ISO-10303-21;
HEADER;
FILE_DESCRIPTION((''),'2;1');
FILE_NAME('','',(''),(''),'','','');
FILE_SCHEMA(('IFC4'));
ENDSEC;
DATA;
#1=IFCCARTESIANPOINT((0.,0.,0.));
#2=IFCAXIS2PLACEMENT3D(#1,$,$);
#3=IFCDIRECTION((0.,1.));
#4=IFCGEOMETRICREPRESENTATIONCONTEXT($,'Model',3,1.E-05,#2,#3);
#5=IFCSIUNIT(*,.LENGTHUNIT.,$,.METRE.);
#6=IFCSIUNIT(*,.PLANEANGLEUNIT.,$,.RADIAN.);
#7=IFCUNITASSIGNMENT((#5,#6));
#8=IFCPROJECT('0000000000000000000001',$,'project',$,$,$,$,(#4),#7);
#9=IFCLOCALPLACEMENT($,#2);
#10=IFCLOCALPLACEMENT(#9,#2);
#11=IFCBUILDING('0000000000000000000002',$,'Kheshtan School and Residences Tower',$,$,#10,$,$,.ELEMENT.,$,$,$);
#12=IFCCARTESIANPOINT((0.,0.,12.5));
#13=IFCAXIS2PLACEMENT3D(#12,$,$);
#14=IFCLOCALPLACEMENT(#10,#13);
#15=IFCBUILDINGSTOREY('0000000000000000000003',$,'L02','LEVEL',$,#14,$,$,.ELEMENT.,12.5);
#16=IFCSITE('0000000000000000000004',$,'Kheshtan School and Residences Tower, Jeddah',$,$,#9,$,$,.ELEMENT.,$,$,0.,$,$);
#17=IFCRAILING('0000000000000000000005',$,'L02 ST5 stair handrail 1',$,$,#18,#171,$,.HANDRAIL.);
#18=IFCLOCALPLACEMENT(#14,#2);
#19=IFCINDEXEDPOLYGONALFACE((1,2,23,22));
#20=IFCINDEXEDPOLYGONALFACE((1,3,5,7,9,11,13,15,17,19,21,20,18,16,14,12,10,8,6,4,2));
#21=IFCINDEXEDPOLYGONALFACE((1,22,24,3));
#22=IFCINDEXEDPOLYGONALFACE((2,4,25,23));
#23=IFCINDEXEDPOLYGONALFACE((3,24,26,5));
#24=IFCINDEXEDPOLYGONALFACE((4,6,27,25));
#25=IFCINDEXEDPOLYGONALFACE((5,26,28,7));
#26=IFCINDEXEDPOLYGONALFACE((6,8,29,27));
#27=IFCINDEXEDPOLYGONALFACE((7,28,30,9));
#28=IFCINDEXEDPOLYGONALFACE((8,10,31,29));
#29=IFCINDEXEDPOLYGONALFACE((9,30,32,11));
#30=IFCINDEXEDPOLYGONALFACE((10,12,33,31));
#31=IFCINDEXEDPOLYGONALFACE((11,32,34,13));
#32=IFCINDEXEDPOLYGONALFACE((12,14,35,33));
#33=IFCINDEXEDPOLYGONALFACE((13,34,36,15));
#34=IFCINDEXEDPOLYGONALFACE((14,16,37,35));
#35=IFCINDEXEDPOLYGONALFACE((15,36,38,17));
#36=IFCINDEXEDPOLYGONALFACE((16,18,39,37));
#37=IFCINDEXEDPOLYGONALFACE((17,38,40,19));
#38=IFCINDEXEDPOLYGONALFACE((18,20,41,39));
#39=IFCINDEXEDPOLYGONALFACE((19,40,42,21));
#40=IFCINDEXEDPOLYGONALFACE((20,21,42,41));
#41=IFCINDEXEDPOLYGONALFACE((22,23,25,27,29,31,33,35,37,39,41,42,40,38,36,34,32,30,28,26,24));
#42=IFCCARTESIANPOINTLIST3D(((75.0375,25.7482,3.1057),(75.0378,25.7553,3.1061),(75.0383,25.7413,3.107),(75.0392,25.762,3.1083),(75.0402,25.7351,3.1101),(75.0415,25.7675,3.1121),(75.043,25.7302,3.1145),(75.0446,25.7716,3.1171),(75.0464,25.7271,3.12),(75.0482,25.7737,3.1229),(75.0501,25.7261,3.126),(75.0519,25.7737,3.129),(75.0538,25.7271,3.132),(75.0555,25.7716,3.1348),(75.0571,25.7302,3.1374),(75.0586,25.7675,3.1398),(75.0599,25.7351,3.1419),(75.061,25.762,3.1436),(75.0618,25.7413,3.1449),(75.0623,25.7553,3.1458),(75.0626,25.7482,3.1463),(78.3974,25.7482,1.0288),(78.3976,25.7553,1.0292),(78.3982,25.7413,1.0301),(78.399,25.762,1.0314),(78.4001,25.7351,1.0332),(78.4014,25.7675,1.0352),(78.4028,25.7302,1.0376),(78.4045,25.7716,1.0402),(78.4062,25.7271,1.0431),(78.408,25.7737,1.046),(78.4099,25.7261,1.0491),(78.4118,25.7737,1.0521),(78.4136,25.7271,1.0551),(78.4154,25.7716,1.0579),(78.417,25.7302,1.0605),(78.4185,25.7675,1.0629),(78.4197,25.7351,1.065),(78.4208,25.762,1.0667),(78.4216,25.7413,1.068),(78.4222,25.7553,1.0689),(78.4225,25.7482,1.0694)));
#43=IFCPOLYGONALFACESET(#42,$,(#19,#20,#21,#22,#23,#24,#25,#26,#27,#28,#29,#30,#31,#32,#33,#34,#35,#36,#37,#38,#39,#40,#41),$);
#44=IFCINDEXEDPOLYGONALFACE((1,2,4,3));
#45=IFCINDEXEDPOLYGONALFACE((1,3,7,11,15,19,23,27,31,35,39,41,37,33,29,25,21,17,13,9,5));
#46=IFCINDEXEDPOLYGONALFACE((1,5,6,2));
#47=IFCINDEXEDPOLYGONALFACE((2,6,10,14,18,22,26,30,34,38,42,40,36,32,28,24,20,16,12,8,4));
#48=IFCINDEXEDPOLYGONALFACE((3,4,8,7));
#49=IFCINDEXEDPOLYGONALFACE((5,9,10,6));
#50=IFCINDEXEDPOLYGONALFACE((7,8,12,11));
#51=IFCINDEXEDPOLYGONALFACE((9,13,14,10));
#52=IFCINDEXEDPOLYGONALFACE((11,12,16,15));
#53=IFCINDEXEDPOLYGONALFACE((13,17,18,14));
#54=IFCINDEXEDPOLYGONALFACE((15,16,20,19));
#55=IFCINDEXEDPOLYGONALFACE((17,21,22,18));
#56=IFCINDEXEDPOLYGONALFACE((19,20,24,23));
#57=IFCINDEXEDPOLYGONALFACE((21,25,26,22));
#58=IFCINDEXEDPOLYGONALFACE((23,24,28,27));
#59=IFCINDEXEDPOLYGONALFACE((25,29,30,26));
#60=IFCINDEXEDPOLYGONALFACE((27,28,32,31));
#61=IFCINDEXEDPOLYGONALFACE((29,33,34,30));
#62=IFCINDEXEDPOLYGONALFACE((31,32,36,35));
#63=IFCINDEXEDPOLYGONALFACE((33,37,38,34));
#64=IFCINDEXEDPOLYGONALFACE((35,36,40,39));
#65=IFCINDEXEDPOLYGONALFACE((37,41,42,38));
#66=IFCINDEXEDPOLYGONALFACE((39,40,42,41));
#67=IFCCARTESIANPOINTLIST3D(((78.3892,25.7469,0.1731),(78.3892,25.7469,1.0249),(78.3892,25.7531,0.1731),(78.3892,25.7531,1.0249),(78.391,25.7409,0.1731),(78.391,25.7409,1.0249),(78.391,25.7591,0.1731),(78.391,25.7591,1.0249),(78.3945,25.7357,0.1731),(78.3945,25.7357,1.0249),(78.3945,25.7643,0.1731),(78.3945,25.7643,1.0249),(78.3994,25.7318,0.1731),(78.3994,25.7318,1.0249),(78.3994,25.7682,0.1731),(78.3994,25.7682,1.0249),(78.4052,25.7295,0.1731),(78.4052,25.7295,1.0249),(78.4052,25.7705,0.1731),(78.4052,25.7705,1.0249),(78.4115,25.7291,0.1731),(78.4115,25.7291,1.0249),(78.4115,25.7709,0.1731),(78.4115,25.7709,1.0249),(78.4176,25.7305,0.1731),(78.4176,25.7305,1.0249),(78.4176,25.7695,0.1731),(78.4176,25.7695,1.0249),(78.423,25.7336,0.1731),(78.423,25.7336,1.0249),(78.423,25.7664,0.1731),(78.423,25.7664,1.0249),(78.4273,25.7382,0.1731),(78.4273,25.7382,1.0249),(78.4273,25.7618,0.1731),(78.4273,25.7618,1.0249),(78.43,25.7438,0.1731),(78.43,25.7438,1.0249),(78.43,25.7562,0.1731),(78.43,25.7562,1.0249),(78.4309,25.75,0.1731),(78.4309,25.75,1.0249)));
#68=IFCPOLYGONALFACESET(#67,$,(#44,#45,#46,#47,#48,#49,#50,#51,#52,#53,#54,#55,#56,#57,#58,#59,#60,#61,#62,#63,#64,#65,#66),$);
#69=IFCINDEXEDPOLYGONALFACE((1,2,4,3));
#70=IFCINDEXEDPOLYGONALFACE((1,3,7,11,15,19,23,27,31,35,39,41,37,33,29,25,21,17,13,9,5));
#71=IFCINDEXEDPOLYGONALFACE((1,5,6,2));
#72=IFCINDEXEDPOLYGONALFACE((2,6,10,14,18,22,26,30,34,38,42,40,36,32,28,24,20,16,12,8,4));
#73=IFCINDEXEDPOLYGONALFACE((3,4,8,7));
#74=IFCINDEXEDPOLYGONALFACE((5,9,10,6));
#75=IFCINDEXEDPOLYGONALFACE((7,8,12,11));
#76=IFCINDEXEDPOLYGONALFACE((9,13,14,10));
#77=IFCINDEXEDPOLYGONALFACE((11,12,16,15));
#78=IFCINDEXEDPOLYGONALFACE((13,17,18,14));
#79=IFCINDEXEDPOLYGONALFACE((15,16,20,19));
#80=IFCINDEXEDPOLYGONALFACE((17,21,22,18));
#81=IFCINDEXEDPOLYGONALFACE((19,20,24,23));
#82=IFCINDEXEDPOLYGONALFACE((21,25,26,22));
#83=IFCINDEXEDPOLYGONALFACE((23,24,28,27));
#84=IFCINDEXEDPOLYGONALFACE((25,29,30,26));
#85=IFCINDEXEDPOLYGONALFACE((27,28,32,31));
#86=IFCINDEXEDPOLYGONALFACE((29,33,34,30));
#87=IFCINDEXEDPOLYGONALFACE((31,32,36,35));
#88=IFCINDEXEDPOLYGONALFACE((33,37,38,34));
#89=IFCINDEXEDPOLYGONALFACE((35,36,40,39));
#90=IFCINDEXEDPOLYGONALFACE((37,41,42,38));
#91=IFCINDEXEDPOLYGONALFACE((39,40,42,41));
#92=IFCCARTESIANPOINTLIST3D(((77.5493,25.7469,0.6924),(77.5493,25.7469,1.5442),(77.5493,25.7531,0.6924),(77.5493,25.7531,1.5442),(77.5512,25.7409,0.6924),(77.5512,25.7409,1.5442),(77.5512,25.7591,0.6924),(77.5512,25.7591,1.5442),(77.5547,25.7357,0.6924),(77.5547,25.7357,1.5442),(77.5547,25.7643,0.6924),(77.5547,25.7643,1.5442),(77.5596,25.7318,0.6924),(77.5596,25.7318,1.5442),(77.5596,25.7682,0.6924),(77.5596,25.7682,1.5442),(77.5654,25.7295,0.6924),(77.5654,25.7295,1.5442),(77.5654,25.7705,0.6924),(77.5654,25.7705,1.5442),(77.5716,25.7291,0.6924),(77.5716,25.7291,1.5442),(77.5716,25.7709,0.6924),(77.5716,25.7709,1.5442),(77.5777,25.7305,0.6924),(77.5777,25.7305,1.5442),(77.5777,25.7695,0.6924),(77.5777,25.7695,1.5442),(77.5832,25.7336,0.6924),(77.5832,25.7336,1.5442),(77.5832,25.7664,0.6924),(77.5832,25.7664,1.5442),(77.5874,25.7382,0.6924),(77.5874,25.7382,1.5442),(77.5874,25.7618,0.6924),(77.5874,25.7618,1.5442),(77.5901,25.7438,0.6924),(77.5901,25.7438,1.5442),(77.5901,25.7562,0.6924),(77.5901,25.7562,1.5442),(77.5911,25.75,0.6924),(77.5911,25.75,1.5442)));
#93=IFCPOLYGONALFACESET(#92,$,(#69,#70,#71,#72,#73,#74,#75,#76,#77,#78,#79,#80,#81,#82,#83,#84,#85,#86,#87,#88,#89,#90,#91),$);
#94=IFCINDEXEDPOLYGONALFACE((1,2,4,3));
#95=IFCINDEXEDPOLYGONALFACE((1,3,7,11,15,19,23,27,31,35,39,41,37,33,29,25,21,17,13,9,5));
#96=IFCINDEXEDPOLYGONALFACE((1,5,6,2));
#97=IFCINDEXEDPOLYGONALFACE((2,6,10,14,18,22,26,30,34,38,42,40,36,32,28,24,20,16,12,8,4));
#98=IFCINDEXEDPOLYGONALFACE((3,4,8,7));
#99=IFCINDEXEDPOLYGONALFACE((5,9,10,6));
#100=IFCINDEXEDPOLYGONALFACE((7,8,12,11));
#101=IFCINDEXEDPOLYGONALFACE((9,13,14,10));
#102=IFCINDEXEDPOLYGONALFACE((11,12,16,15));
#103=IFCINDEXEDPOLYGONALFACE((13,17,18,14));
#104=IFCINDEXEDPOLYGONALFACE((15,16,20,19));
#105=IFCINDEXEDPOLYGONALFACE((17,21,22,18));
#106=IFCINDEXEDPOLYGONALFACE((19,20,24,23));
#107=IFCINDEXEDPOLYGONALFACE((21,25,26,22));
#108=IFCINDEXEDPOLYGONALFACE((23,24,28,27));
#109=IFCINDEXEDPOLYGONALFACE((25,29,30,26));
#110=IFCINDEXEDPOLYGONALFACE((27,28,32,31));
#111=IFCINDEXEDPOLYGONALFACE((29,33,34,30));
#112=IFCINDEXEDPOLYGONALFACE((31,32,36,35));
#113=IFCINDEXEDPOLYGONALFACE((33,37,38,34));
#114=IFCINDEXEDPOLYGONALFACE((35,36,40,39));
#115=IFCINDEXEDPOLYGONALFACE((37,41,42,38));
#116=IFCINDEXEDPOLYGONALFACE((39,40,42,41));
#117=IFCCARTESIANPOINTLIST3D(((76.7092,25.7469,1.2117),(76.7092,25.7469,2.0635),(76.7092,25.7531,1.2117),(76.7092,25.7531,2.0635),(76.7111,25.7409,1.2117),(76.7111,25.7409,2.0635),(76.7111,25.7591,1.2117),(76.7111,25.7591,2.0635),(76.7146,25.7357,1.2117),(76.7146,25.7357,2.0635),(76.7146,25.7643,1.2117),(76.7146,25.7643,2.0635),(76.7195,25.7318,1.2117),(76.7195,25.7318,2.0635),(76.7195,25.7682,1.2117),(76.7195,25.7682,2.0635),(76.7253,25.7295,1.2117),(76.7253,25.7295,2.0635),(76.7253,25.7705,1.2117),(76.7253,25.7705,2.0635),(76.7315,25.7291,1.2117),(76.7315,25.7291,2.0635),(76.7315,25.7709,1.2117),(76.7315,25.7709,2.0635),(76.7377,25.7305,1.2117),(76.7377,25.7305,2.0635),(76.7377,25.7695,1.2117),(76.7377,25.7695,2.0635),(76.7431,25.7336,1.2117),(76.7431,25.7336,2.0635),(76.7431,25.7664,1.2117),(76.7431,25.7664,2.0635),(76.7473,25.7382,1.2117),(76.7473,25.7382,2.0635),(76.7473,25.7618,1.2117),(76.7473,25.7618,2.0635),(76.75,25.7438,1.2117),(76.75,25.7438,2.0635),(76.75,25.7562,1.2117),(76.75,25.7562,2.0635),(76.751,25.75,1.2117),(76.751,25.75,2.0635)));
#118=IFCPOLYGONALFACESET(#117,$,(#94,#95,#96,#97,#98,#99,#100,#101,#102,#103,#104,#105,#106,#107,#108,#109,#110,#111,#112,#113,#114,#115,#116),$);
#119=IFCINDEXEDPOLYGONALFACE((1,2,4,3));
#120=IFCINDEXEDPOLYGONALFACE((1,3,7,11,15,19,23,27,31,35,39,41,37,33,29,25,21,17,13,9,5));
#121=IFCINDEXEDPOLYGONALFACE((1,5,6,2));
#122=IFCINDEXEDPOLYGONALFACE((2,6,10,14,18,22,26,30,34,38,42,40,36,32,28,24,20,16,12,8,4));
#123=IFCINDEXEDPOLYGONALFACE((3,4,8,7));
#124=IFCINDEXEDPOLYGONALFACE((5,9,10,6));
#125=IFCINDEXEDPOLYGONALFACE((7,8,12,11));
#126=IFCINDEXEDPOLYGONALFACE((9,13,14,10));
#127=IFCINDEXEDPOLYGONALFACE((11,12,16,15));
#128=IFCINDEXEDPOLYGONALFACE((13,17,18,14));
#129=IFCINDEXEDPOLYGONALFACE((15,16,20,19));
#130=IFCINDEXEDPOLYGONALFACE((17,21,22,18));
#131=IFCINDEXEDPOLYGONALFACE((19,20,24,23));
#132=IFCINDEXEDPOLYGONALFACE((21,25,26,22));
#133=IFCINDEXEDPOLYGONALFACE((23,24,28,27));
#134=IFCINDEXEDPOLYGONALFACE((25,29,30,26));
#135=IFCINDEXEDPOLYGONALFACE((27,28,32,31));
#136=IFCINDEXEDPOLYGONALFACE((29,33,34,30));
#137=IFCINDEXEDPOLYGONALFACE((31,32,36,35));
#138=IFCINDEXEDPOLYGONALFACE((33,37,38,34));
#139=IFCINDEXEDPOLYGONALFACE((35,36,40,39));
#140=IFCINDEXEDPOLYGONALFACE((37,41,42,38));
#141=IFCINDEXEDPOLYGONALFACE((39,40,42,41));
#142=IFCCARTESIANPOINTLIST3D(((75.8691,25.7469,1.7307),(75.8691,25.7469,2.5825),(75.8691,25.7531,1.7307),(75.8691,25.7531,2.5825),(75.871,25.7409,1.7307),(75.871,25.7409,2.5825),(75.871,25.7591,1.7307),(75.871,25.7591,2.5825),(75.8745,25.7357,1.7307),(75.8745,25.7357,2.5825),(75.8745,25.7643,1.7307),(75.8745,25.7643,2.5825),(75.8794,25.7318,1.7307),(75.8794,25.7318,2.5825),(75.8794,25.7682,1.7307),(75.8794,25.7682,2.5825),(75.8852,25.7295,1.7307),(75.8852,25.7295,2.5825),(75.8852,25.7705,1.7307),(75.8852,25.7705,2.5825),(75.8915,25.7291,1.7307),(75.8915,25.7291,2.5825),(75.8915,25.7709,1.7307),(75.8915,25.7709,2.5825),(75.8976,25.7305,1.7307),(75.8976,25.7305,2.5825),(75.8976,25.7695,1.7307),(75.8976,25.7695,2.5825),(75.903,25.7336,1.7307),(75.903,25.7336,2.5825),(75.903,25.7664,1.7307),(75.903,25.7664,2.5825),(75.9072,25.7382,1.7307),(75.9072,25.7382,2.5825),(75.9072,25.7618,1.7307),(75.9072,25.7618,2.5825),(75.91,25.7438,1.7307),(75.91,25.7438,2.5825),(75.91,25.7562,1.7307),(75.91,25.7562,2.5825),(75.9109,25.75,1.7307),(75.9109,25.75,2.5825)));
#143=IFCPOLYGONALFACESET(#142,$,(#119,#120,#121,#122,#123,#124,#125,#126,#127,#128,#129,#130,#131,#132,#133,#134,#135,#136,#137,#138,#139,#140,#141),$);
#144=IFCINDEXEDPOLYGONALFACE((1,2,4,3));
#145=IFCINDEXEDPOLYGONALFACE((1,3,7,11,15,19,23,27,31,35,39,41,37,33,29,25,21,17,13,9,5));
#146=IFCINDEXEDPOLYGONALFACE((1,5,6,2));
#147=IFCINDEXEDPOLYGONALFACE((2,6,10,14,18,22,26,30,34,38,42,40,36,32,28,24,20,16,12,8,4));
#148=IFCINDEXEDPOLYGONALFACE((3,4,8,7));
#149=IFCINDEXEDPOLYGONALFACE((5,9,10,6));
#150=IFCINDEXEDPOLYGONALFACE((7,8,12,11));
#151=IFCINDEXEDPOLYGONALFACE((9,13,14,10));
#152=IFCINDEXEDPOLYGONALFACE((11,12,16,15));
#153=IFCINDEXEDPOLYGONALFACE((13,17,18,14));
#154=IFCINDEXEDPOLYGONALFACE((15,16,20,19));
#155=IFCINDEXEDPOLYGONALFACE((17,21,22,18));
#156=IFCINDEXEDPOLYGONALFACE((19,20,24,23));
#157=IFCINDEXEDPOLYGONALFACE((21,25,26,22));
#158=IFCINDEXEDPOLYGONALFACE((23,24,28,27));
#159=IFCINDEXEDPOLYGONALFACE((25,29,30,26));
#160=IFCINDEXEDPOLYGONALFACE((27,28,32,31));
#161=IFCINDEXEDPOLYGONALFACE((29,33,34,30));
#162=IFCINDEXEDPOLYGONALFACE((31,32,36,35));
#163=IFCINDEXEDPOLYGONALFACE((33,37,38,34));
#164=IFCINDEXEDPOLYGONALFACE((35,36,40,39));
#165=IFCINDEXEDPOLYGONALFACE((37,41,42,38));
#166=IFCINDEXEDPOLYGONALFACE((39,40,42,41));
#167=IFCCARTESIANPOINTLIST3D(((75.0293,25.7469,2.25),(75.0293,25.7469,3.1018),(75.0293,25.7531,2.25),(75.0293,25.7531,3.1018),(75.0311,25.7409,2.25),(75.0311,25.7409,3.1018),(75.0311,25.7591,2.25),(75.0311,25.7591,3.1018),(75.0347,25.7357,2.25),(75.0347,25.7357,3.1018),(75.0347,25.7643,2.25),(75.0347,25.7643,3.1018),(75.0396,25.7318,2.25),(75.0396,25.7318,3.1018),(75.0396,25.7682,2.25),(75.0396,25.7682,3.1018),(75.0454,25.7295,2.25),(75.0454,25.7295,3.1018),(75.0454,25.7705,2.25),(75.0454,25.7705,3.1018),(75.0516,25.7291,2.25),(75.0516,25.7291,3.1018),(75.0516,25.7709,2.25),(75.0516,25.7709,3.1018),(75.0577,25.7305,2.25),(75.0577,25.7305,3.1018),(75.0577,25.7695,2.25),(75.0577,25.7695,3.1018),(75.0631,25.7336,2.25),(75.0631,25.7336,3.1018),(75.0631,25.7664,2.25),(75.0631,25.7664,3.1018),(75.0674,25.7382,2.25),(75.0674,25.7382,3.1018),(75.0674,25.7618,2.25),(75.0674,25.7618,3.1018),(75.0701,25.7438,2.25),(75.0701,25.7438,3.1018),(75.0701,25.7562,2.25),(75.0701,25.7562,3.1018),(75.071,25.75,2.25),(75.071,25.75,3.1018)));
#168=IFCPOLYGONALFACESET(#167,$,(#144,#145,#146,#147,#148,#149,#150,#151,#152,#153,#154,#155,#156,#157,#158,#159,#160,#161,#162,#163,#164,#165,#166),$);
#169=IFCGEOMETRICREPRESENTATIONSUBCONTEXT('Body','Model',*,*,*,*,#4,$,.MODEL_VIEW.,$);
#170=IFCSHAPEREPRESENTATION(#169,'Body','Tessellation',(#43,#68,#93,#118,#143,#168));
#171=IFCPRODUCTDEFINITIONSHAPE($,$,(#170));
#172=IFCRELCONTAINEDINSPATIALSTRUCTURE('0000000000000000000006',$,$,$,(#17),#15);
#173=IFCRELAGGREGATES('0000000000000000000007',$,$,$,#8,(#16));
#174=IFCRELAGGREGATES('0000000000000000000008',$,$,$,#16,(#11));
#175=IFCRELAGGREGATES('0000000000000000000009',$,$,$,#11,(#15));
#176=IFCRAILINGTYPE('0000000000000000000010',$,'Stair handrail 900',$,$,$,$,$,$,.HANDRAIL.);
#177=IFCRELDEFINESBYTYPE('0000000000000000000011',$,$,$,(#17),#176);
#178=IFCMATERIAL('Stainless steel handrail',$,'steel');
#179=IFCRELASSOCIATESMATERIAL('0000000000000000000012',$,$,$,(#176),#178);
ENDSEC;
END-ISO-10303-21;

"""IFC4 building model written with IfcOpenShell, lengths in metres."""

from ifc_helpers import new_model, si_unit, direction, frame, origin, origin_2d, place, context, subcontext, project, spatial, circle, extrude, material, type_object, element, save


model = new_model("IFC4")

# Units and contexts
model_context = context("Model", 3, precision=1e-05, world=origin(), true_north=direction((0.0, 1.0)))
body_context = subcontext(model_context, "Body", "Model", "MODEL_VIEW")
ifc_project = project(units=[si_unit("LENGTHUNIT", "METRE"), si_unit("PLANEANGLEUNIT", "RADIAN")], contexts=[model_context])

# Site, building, storey
site_placement = place(None, origin())
site = spatial("IfcSite", under=ifc_project, at=site_placement, Name="Kheshtan School and Residences Tower, Jeddah", CompositionType="ELEMENT", RefElevation=0.0)
building_placement = place(site_placement, origin())
building = spatial("IfcBuilding", under=site, at=building_placement, Name="Kheshtan School and Residences Tower", CompositionType="ELEMENT")
storey_placement = place(building_placement, frame((0.0, 0.0, 12.5)))
storey = spatial("IfcBuildingStorey", under=building, at=storey_placement, Name="L02", Description="LEVEL", CompositionType="ELEMENT", Elevation=12.5)

# Railing
ifc_material_1 = material(Name="Stainless steel handrail", Category="steel")
railing_type_1 = type_object("IfcRailingType", Name="Stair handrail 900", PredefinedType="HANDRAIL", material=ifc_material_1)
railing_1_placement = place(storey_placement, frame((78.4099, 25.75, 0.1731)))
element("IfcRailing", 1, at=railing_1_placement, inside=storey, type_object=railing_type_1, Name="L02 ST5 stair handrail 1", PredefinedType="HANDRAIL", context=body_context, shape_type="SweptSolid", body=[
    extrude(circle(Radius=0.0239, at=origin_2d()), frame((0.0, 0.0, 0.876), z_axis=(-0.850606, 0.0, 0.525803), x_axis=(0.0, -1.0, 0.0)), (0.0, 0.0, 1.0), 3.95),
    extrude(circle(Radius=0.021, at=origin_2d()), origin(), (0.0, 0.0, 1.0), 0.8518),
    extrude(circle(Radius=0.021, at=origin_2d()), frame((-0.8398, 0.0, 0.5193)), (0.0, 0.0, 1.0), 0.8518),
    extrude(circle(Radius=0.021, at=origin_2d()), frame((-1.6799, 0.0, 1.0386)), (0.0, 0.0, 1.0), 0.8518),
    extrude(circle(Radius=0.021, at=origin_2d()), frame((-2.52, 0.0, 1.5576)), (0.0, 0.0, 1.0), 0.8518),
    extrude(circle(Radius=0.021, at=origin_2d()), frame((-3.3599, 0.0, 2.0769)), (0.0, 0.0, 1.0), 0.8518),
])

save(model, "model.ifc")
